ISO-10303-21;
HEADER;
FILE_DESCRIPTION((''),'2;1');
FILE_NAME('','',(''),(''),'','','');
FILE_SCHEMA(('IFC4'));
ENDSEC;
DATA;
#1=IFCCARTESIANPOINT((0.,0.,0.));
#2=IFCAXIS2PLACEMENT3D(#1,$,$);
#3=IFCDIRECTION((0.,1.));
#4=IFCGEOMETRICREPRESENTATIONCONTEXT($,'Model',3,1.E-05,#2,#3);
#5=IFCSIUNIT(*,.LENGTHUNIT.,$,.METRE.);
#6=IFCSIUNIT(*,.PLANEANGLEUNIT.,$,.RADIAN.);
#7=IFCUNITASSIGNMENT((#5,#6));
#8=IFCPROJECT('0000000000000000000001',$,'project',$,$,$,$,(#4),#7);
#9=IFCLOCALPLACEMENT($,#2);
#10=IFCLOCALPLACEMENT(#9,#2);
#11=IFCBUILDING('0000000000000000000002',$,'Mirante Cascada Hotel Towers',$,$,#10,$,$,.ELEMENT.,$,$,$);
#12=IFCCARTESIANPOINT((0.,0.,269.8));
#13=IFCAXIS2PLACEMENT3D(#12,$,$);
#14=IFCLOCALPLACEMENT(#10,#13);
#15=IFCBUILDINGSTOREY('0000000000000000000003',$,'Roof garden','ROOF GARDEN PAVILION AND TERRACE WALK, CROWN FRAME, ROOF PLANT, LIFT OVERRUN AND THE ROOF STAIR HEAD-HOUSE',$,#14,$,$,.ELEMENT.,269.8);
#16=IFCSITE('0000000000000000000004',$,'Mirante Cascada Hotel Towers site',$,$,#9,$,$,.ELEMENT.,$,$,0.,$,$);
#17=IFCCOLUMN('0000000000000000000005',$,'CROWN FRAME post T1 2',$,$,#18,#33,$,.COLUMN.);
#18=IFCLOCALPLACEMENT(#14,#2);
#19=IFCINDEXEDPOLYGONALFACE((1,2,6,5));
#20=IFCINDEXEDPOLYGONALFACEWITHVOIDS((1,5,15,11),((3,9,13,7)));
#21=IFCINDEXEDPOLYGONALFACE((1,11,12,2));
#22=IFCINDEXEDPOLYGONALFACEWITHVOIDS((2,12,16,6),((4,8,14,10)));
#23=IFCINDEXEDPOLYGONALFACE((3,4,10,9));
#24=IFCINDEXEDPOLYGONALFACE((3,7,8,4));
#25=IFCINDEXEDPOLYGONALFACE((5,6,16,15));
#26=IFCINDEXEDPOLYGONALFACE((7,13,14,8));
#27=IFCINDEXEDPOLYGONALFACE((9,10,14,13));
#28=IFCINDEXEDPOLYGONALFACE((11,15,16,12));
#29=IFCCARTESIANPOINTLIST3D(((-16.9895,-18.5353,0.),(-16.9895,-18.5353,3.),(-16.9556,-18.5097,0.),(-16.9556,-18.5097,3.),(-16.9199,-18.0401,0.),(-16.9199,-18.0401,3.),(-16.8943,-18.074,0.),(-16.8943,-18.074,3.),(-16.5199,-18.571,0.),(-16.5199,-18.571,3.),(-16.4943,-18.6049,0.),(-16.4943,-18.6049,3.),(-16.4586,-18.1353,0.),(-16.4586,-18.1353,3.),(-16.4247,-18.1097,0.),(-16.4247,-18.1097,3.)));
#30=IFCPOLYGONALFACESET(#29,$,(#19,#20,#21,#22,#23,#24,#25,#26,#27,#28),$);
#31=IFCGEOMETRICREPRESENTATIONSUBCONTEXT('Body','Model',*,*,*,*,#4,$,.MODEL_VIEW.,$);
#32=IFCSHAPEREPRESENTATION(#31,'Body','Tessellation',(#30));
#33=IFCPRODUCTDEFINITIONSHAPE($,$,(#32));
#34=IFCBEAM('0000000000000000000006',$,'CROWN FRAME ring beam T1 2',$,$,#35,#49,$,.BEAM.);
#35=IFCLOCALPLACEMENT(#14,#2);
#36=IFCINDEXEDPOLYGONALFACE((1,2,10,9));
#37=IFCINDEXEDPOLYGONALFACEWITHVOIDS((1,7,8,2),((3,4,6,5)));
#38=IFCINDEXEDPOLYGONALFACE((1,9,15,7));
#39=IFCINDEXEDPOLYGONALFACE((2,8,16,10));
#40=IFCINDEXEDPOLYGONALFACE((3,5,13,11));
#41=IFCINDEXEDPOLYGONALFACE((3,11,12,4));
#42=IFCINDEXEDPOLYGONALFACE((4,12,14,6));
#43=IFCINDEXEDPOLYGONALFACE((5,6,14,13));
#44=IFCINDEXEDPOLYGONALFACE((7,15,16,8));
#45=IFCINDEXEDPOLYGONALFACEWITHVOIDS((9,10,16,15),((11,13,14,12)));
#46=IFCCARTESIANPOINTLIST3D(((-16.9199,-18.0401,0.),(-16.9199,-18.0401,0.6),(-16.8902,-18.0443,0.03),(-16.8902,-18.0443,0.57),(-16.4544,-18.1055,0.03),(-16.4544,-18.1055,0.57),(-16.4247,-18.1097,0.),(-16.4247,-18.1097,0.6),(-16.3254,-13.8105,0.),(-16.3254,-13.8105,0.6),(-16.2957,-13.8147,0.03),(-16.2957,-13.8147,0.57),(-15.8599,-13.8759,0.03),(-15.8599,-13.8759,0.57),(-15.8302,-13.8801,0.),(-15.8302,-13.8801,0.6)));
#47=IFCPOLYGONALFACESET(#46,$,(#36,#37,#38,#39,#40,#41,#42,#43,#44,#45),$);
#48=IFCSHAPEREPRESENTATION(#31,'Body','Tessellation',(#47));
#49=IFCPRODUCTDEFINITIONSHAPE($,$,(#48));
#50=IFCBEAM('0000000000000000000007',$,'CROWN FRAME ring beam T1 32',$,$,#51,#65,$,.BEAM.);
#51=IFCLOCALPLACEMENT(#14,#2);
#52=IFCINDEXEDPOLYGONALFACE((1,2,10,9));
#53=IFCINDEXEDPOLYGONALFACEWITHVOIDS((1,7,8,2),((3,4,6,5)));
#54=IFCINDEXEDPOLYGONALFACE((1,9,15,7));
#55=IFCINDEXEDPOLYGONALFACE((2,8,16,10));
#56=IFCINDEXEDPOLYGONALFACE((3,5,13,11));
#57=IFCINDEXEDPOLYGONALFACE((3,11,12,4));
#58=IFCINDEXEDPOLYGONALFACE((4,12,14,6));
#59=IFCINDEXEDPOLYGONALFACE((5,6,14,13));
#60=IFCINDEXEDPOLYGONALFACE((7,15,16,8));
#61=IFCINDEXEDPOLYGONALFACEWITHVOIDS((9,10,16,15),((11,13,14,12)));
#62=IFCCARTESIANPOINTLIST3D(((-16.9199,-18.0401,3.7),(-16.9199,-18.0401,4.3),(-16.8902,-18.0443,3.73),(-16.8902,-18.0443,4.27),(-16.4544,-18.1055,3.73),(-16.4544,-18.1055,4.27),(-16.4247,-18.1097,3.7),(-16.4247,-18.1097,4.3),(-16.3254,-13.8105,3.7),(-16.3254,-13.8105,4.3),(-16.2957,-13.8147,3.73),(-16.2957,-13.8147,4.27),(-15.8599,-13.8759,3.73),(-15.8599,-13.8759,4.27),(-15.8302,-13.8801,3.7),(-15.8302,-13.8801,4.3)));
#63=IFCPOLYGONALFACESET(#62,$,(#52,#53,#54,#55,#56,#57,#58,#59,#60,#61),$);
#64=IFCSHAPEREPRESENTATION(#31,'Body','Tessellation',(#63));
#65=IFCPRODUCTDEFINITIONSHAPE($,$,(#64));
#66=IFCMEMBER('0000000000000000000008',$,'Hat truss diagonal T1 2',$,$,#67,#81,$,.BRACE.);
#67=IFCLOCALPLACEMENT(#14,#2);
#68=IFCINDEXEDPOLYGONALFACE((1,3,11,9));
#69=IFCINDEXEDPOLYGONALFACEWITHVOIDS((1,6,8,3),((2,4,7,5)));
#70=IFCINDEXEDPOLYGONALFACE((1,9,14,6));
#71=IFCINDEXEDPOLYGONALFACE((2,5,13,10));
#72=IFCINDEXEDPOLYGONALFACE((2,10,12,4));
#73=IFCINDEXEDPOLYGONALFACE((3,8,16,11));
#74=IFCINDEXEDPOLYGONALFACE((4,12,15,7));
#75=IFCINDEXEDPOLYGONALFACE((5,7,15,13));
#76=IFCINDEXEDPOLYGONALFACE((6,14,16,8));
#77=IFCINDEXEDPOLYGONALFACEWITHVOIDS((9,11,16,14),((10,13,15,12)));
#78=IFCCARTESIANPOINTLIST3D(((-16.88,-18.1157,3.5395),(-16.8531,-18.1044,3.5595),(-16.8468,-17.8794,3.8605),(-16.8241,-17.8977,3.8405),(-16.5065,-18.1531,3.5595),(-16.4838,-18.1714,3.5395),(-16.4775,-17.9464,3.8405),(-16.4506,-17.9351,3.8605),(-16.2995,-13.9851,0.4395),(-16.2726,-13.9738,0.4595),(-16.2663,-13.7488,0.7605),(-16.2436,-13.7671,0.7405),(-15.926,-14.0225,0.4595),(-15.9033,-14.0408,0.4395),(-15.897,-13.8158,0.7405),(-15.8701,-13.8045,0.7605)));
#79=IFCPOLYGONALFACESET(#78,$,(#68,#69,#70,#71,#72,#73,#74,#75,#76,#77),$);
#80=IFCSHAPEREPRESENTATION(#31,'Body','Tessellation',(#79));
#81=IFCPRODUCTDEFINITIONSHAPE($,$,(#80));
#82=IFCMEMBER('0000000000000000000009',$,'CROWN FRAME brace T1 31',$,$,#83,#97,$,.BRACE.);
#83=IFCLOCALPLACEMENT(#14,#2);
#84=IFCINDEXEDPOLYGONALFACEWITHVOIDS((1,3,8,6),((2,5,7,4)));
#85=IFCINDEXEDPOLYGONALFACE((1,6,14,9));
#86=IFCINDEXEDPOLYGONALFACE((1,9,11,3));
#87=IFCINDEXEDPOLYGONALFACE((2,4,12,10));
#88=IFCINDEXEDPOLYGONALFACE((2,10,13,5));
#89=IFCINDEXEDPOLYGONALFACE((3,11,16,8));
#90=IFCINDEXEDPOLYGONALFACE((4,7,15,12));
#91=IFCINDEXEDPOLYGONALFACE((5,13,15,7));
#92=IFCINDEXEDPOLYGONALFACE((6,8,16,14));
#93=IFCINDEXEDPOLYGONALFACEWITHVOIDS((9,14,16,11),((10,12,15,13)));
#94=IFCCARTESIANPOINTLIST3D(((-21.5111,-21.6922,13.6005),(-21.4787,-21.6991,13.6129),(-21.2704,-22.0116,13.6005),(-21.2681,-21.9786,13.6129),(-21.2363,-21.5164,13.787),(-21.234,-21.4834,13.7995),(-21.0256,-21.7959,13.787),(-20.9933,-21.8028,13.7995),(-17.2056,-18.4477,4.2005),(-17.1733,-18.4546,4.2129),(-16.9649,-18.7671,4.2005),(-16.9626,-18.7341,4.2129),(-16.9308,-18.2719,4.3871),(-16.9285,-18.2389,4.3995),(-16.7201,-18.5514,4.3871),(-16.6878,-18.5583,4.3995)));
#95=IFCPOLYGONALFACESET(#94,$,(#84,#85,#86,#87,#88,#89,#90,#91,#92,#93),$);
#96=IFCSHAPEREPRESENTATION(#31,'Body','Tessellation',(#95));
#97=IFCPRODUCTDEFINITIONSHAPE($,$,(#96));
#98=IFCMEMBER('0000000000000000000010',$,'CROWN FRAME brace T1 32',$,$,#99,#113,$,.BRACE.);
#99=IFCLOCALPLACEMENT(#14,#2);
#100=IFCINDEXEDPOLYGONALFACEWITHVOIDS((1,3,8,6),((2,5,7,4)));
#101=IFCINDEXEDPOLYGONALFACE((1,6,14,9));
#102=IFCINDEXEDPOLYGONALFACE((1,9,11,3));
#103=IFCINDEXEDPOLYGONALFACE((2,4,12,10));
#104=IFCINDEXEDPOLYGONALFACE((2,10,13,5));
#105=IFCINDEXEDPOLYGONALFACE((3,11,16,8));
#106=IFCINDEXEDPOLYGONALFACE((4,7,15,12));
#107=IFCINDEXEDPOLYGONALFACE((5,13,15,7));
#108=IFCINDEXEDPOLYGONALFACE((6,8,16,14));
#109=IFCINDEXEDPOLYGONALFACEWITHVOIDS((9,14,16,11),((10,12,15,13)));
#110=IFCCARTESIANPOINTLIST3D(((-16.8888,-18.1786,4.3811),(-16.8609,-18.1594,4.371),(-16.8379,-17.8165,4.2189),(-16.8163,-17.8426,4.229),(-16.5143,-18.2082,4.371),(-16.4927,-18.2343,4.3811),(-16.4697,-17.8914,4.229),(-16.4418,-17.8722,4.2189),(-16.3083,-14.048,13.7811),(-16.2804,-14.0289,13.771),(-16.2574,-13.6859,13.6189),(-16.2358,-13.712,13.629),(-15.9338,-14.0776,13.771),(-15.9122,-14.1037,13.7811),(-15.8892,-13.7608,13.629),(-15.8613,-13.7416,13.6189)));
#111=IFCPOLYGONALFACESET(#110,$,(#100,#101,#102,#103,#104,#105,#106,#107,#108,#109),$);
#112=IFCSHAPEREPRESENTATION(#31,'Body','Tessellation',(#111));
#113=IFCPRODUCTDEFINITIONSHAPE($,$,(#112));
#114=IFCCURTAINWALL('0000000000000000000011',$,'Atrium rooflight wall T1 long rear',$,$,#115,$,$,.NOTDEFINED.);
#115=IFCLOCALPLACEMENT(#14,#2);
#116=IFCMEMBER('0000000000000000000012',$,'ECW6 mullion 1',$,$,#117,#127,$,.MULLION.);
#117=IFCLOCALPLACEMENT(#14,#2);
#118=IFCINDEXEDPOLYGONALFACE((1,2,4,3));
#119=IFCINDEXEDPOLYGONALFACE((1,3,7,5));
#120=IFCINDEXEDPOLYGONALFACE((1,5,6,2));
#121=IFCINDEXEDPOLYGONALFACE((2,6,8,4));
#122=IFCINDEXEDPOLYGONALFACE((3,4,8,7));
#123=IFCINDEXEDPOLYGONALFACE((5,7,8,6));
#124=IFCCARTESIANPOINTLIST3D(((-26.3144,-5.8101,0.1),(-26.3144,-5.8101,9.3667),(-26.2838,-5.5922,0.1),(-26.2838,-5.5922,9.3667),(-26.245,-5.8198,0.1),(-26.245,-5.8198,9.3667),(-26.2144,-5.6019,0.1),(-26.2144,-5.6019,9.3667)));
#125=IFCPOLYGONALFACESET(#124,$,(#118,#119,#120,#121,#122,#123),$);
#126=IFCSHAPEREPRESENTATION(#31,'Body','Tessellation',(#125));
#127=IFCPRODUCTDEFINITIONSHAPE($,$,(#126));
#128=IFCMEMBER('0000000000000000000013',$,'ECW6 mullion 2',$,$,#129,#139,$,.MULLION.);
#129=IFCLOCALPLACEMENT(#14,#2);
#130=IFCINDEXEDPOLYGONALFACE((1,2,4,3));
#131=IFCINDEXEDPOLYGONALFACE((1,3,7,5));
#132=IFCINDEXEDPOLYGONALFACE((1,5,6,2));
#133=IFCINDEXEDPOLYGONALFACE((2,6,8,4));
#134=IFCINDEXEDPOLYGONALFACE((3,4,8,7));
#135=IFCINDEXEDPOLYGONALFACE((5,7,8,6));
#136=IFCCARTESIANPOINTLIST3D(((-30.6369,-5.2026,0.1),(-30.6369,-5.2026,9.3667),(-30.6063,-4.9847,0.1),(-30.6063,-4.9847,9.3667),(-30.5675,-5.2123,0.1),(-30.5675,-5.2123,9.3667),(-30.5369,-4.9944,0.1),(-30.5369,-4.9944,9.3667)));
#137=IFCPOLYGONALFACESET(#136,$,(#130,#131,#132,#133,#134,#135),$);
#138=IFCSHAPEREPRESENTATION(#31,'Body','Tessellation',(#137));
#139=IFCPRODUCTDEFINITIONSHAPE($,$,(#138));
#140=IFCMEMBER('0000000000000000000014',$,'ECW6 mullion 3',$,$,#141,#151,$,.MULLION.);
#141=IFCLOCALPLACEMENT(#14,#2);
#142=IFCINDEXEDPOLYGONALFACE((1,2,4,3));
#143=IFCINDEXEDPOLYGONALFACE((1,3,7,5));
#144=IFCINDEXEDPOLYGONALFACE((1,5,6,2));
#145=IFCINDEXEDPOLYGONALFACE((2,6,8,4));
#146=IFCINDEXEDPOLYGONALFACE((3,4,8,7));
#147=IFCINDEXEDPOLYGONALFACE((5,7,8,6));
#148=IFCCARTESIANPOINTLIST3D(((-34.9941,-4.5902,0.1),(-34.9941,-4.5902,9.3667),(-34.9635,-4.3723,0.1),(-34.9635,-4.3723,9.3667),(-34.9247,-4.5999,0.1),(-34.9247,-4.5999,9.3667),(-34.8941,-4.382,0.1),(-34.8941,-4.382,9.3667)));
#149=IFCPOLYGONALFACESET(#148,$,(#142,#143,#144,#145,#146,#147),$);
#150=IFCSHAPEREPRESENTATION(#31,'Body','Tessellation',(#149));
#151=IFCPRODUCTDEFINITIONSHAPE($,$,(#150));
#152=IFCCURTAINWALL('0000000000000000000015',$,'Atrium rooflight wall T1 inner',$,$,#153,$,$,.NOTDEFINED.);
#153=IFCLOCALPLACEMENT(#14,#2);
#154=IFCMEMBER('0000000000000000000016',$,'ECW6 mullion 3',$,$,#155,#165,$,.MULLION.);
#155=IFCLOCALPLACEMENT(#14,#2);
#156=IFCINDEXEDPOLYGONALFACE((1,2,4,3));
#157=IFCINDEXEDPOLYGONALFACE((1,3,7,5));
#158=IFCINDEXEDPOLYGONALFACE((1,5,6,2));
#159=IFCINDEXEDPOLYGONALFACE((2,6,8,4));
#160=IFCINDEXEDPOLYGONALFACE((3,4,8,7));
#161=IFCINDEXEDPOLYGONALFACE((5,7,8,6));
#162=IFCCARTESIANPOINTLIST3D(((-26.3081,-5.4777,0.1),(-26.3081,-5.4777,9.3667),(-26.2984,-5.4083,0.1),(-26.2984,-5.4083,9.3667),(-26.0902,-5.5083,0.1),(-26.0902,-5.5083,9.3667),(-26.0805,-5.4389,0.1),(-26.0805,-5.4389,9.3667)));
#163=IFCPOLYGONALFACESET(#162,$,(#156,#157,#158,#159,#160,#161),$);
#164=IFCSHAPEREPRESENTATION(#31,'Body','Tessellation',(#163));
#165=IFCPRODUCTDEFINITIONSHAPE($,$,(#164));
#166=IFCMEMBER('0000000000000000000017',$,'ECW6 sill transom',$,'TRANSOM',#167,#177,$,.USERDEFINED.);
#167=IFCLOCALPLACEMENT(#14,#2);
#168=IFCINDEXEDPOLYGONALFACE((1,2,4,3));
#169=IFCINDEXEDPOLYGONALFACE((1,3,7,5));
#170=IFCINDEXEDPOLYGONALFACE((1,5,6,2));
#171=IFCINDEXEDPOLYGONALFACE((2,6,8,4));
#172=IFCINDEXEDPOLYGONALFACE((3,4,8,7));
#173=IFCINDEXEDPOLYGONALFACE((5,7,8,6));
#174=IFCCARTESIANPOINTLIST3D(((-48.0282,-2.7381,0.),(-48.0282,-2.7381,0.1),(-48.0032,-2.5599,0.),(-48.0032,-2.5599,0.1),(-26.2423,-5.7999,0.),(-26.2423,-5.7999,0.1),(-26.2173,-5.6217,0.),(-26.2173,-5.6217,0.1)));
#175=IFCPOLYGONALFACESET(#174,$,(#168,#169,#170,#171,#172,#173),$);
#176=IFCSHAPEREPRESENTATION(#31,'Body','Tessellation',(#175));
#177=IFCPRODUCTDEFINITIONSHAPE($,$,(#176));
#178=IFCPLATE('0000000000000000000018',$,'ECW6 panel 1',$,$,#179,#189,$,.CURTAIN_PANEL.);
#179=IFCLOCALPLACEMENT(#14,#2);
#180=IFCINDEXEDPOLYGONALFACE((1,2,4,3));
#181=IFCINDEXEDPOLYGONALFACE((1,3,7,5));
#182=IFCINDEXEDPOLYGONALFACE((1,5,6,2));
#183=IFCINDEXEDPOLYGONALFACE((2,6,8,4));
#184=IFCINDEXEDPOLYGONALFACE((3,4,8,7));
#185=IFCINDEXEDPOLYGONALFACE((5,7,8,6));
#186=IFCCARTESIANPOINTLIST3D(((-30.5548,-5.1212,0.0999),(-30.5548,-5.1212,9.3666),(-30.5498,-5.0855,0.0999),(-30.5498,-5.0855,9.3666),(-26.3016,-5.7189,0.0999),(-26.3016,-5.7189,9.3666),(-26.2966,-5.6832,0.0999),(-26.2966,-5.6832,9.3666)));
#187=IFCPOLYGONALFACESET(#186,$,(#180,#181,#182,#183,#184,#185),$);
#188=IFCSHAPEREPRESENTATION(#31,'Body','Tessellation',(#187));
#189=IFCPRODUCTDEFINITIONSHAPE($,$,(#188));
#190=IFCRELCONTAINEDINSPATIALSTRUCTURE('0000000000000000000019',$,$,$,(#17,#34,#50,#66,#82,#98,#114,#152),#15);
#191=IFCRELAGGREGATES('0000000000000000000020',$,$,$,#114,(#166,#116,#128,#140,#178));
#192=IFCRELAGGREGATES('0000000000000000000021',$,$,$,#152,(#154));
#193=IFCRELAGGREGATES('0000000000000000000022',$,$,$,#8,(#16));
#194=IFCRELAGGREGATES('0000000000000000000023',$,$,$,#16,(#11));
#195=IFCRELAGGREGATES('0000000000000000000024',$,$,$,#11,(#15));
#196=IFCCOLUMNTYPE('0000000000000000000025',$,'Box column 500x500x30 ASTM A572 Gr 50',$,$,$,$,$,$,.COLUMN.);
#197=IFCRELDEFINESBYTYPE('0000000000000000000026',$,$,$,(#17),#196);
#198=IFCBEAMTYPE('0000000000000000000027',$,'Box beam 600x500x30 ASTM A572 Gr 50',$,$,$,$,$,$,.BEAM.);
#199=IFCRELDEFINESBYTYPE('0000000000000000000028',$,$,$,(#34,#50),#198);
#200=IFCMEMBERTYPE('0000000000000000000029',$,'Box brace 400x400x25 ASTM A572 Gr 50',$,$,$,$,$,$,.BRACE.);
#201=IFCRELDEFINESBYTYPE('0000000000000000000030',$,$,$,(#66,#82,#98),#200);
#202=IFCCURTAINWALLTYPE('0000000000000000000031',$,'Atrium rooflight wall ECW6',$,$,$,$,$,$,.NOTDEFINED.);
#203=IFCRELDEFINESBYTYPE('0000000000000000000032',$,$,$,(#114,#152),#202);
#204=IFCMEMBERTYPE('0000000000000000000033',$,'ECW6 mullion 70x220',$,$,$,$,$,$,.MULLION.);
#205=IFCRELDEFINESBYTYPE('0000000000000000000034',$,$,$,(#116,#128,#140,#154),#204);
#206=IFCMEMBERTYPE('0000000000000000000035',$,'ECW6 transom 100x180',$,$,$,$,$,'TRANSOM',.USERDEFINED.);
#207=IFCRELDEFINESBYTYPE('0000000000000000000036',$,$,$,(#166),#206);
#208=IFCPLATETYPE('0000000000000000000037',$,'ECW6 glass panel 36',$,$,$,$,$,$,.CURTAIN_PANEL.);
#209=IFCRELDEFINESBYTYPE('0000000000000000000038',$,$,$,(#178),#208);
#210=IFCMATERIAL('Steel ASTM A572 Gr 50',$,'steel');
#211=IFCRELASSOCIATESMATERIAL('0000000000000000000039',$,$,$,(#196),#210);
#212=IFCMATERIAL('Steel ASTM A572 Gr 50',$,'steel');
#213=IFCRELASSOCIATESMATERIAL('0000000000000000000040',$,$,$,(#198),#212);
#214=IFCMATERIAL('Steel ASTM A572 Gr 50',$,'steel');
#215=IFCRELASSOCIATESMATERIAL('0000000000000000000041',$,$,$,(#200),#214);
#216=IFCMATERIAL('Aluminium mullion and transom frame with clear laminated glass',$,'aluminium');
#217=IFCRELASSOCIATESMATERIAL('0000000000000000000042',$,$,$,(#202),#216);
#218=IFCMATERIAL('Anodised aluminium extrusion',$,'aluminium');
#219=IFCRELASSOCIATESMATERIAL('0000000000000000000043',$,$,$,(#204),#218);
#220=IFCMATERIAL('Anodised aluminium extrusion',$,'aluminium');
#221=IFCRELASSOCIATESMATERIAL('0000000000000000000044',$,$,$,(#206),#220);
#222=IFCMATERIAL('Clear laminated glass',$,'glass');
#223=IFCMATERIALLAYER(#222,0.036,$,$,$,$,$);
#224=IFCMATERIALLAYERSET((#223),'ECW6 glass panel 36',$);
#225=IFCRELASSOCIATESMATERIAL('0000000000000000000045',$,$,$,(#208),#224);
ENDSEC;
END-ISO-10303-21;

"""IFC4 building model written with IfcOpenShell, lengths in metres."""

from ifc_helpers import new_model, si_unit, direction, frame, origin, origin_2d, place, context, subcontext, project, spatial, rectangle, hollow_rectangle, extrude, material, layer, layer_set, material_profile, profile_set, type_object, element, aggregate, save


model = new_model("IFC4")

# Units and contexts
model_context = context("Model", 3, precision=1e-05, world=origin(), true_north=direction((0.0, 1.0)))
body_context = subcontext(model_context, "Body", "Model", "MODEL_VIEW")
ifc_project = project(units=[si_unit("LENGTHUNIT", "METRE"), si_unit("PLANEANGLEUNIT", "RADIAN")], contexts=[model_context])

# Site, building, storey
site_placement = place(None, origin())
site = spatial("IfcSite", under=ifc_project, at=site_placement, Name="Mirante Cascada Hotel Towers site", CompositionType="ELEMENT", RefElevation=0.0)
building_placement = place(site_placement, origin())
building = spatial("IfcBuilding", under=site, at=building_placement, Name="Mirante Cascada Hotel Towers", CompositionType="ELEMENT")
storey_placement = place(building_placement, frame((0.0, 0.0, 269.8)))
storey = spatial("IfcBuildingStorey", under=building, at=storey_placement, Name="Roof garden", Description="ROOF GARDEN PAVILION AND TERRACE WALK, CROWN FRAME, ROOF PLANT, LIFT OVERRUN AND THE ROOF STAIR HEAD-HOUSE", CompositionType="ELEMENT", Elevation=269.8)

# Column
ifc_material_1 = material(Name="Steel ASTM A572 Gr 50", Category="steel")
ifc_material_profile_1 = material_profile(ifc_material_1, hollow_rectangle(XDim=0.5, YDim=0.5, WallThickness=0.03, at=origin_2d()), Name="Box column 500x500x30 ASTM A572 Gr 50")
ifc_profile_set_1 = profile_set([ifc_material_profile_1], Name="Steel ASTM A572 Gr 50")
column_type = type_object("IfcColumnType", Name="Box column 500x500x30 ASTM A572 Gr 50", PredefinedType="COLUMN", material=ifc_profile_set_1)
column_placement = place(storey_placement, frame((-16.7071, -18.3225, 0.0), z_axis=(0.0, 0.0, 1.0), x_axis=(-0.990268, 0.139173, 0.0)))
element("IfcColumn", 1, at=column_placement, inside=storey, type_object=column_type, Name="CROWN FRAME post T1 2", PredefinedType="COLUMN", context=body_context, shape_type="SweptSolid", body=[
    extrude(hollow_rectangle(XDim=0.5, YDim=0.5, WallThickness=0.03, at=origin_2d()), origin(), (0.0, 0.0, 1.0), 3.0),
])

# Beams
ifc_material_2 = material(Name="Steel ASTM A572 Gr 50", Category="steel")
ifc_material_profile_2 = material_profile(ifc_material_2, hollow_rectangle(XDim=0.5, YDim=0.6, WallThickness=0.03, at=origin_2d()), Name="Box beam 600x500x30 ASTM A572 Gr 50")
ifc_profile_set_2 = profile_set([ifc_material_profile_2], Name="Steel ASTM A572 Gr 50")
beam_type = type_object("IfcBeamType", Name="Box beam 600x500x30 ASTM A572 Gr 50", PredefinedType="BEAM", material=ifc_profile_set_2)
for number, where, z_axis, x_axis, name in (
    (2, (-16.6723, -18.0749, 0.3), (0.139189, 0.990266, 0.0), (-0.990266, 0.139189, 0.0), "CROWN FRAME ring beam T1 2"),
    (3, (-16.6723, -18.0749, 4.0), (0.139189, 0.990266, 0.0), (-0.990266, 0.139189, 0.0), "CROWN FRAME ring beam T1 32"),
):
    element("IfcBeam", number, at=place(storey_placement, frame(where, z_axis=z_axis, x_axis=x_axis)), inside=storey, type_object=beam_type, Name=name, PredefinedType="BEAM", context=body_context, shape_type="SweptSolid", body=[
        extrude(hollow_rectangle(XDim=0.5, YDim=0.6, WallThickness=0.03, at=origin_2d()), origin(), (0.0, 0.0, 1.0), 4.2712),
    ])

# Members
ifc_material_3 = material(Name="Steel ASTM A572 Gr 50", Category="steel")
ifc_material_profile_3 = material_profile(ifc_material_3, hollow_rectangle(XDim=0.4, YDim=0.4, WallThickness=0.025, at=origin_2d()), Name="Box brace 400x400x25 ASTM A572 Gr 50")
ifc_profile_set_3 = profile_set([ifc_material_profile_3], Name="Steel ASTM A572 Gr 50")
member_type_1 = type_object("IfcMemberType", Name="Box brace 400x400x25 ASTM A572 Gr 50", PredefinedType="BRACE", material=ifc_profile_set_3)
member_1_placement = place(storey_placement, frame((-16.0848, -13.8948, 0.6), z_axis=(-0.111699, -0.794804, 0.596498), x_axis=(0.990269, -0.139169, 0.0)))
element("IfcMember", 4, at=member_1_placement, inside=storey, type_object=member_type_1, Name="Hat truss diagonal T1 2", PredefinedType="BRACE", context=body_context, shape_type="SweptSolid", body=[
    extrude(hollow_rectangle(XDim=0.4, YDim=0.4, WallThickness=0.025, at=origin_2d()), origin(), (0.0, 0.0, 1.0), 5.197),
])
member_2_placement = place(storey_placement, frame((-16.9467, -18.503, 4.3), z_axis=(-0.397324, -0.299412, 0.86746), x_axis=(0.601824, -0.798629, 0.0)))
element("IfcMember", 5, at=member_2_placement, inside=storey, type_object=member_type_1, Name="CROWN FRAME brace T1 31", PredefinedType="BRACE", context=body_context, shape_type="SweptSolid", body=[
    extrude(hollow_rectangle(XDim=0.4, YDim=0.4, WallThickness=0.025, at=origin_2d()), origin(), (0.0, 0.0, 1.0), 10.8362),
])
member_3_placement = place(storey_placement, frame((-16.6653, -18.0254, 4.3), z_axis=(0.056447, 0.401657, 0.914049), x_axis=(-0.990269, 0.139169, 0.0)))
element("IfcMember", 6, at=member_3_placement, inside=storey, type_object=member_type_1, Name="CROWN FRAME brace T1 32", PredefinedType="BRACE", context=body_context, shape_type="SweptSolid", body=[
    extrude(hollow_rectangle(XDim=0.4, YDim=0.4, WallThickness=0.025, at=origin_2d()), origin(), (0.0, 0.0, 1.0), 10.2839),
])

# Curtain wall, members
ifc_material_4 = material(Name="Aluminium mullion and transom frame with clear laminated glass", Category="aluminium")
curtain_wall_type = type_object("IfcCurtainWallType", Name="Atrium rooflight wall ECW6", PredefinedType="NOTDEFINED", material=ifc_material_4)
curtain_wall_1_placement = place(storey_placement, origin())
curtain_wall_1 = element("IfcCurtainWall", 7, at=curtain_wall_1_placement, inside=storey, type_object=curtain_wall_type, Name="Atrium rooflight wall T1 long rear", PredefinedType="NOTDEFINED")
ifc_material_5 = material(Name="Anodised aluminium extrusion", Category="aluminium")
ifc_material_profile_4 = material_profile(ifc_material_5, rectangle(XDim=0.22, YDim=0.07, at=origin_2d()), Name="ECW6 MULLION 70x220")
ifc_profile_set_4 = profile_set([ifc_material_profile_4], Name="Anodised aluminium extrusion")
member_type_2 = type_object("IfcMemberType", Name="ECW6 mullion 70x220", PredefinedType="MULLION", material=ifc_profile_set_4)
member_4_placement = place(storey_placement, frame((-26.2644, -5.706, 0.1), z_axis=(0.0, 0.0, 1.0), x_axis=(-0.139173, -0.990268, 0.0)))
member_4 = element("IfcMember", 8, at=member_4_placement, type_object=member_type_2, Name="ECW6 mullion 1", PredefinedType="MULLION", context=body_context, shape_type="SweptSolid", body=[
    extrude(rectangle(XDim=0.22, YDim=0.07, at=origin_2d()), origin(), (0.0, 0.0, 1.0), 9.2667),
])
member_5_placement = place(storey_placement, frame((-30.5869, -5.0985, 0.1), z_axis=(0.0, 0.0, 1.0), x_axis=(-0.139173, -0.990268, 0.0)))
member_5 = element("IfcMember", 9, at=member_5_placement, type_object=member_type_2, Name="ECW6 mullion 2", PredefinedType="MULLION", context=body_context, shape_type="SweptSolid", body=[
    extrude(rectangle(XDim=0.22, YDim=0.07, at=origin_2d()), origin(), (0.0, 0.0, 1.0), 9.2667),
])
member_6_placement = place(storey_placement, frame((-34.9441, -4.4861, 0.1), z_axis=(0.0, 0.0, 1.0), x_axis=(-0.139173, -0.990268, 0.0)))
member_6 = element("IfcMember", 10, at=member_6_placement, type_object=member_type_2, Name="ECW6 mullion 3", PredefinedType="MULLION", context=body_context, shape_type="SweptSolid", body=[
    extrude(rectangle(XDim=0.22, YDim=0.07, at=origin_2d()), origin(), (0.0, 0.0, 1.0), 9.2667),
])

# Curtain wall, member
curtain_wall_2_placement = place(storey_placement, origin())
curtain_wall_2 = element("IfcCurtainWall", 11, at=curtain_wall_2_placement, inside=storey, type_object=curtain_wall_type, Name="Atrium rooflight wall T1 inner", PredefinedType="NOTDEFINED")
member_7_placement = place(storey_placement, frame((-26.1943, -5.4583, 0.1), z_axis=(0.0, 0.0, 1.0), x_axis=(0.990268, -0.139173, 0.0)))
member_7 = element("IfcMember", 12, at=member_7_placement, type_object=member_type_2, Name="ECW6 mullion 3", PredefinedType="MULLION", context=body_context, shape_type="SweptSolid", body=[
    extrude(rectangle(XDim=0.22, YDim=0.07, at=origin_2d()), origin(), (0.0, 0.0, 1.0), 9.2667),
])

# Member
ifc_material_6 = material(Name="Anodised aluminium extrusion", Category="aluminium")
ifc_material_profile_5 = material_profile(ifc_material_6, rectangle(XDim=0.18, YDim=0.1, at=origin_2d()), Name="ECW6 TRANSOM 100x180")
ifc_profile_set_5 = profile_set([ifc_material_profile_5], Name="Anodised aluminium extrusion")
member_type_3 = type_object("IfcMemberType", Name="ECW6 transom 100x180", ElementType="TRANSOM", PredefinedType="USERDEFINED", material=ifc_profile_set_5)
member_8_placement = place(storey_placement, frame((-26.2298, -5.7108, 0.05), z_axis=(-0.990268, 0.139173, 0.0), x_axis=(-0.139173, -0.990268, 0.0)))
member_8 = element("IfcMember", 13, at=member_8_placement, type_object=member_type_3, Name="ECW6 sill transom", ObjectType="TRANSOM", PredefinedType="USERDEFINED", context=body_context, shape_type="SweptSolid", body=[
    extrude(rectangle(XDim=0.18, YDim=0.1, at=origin_2d()), origin(), (0.0, 0.0, 1.0), 22.0),
])

# Plate
ifc_material_7 = material(Name="Clear laminated glass", Category="glass")
ifc_layer_1 = layer(ifc_material_7, 0.036)
ifc_layer_set_1 = layer_set([ifc_layer_1], Name="ECW6 glass panel 36")
plate_type = type_object("IfcPlateType", Name="ECW6 glass panel 36", PredefinedType="CURTAIN_PANEL", material=ifc_layer_set_1)
plate_1_placement = place(storey_placement, frame((-28.4257, -5.4022, 0.0999), z_axis=(0.0, 0.0, 1.0), x_axis=(-0.990268, 0.139173, 0.0)))
plate_1 = element("IfcPlate", 14, at=plate_1_placement, type_object=plate_type, Name="ECW6 panel 1", PredefinedType="CURTAIN_PANEL", context=body_context, shape_type="SweptSolid", body=[
    extrude(rectangle(XDim=4.295, YDim=0.036, at=origin_2d()), origin(), (0.0, 0.0, 1.0), 9.2667),
])
aggregate(curtain_wall_1, [member_8, member_4, member_5, member_6, plate_1])
aggregate(curtain_wall_2, [member_7])

save(model, "model.ifc")
